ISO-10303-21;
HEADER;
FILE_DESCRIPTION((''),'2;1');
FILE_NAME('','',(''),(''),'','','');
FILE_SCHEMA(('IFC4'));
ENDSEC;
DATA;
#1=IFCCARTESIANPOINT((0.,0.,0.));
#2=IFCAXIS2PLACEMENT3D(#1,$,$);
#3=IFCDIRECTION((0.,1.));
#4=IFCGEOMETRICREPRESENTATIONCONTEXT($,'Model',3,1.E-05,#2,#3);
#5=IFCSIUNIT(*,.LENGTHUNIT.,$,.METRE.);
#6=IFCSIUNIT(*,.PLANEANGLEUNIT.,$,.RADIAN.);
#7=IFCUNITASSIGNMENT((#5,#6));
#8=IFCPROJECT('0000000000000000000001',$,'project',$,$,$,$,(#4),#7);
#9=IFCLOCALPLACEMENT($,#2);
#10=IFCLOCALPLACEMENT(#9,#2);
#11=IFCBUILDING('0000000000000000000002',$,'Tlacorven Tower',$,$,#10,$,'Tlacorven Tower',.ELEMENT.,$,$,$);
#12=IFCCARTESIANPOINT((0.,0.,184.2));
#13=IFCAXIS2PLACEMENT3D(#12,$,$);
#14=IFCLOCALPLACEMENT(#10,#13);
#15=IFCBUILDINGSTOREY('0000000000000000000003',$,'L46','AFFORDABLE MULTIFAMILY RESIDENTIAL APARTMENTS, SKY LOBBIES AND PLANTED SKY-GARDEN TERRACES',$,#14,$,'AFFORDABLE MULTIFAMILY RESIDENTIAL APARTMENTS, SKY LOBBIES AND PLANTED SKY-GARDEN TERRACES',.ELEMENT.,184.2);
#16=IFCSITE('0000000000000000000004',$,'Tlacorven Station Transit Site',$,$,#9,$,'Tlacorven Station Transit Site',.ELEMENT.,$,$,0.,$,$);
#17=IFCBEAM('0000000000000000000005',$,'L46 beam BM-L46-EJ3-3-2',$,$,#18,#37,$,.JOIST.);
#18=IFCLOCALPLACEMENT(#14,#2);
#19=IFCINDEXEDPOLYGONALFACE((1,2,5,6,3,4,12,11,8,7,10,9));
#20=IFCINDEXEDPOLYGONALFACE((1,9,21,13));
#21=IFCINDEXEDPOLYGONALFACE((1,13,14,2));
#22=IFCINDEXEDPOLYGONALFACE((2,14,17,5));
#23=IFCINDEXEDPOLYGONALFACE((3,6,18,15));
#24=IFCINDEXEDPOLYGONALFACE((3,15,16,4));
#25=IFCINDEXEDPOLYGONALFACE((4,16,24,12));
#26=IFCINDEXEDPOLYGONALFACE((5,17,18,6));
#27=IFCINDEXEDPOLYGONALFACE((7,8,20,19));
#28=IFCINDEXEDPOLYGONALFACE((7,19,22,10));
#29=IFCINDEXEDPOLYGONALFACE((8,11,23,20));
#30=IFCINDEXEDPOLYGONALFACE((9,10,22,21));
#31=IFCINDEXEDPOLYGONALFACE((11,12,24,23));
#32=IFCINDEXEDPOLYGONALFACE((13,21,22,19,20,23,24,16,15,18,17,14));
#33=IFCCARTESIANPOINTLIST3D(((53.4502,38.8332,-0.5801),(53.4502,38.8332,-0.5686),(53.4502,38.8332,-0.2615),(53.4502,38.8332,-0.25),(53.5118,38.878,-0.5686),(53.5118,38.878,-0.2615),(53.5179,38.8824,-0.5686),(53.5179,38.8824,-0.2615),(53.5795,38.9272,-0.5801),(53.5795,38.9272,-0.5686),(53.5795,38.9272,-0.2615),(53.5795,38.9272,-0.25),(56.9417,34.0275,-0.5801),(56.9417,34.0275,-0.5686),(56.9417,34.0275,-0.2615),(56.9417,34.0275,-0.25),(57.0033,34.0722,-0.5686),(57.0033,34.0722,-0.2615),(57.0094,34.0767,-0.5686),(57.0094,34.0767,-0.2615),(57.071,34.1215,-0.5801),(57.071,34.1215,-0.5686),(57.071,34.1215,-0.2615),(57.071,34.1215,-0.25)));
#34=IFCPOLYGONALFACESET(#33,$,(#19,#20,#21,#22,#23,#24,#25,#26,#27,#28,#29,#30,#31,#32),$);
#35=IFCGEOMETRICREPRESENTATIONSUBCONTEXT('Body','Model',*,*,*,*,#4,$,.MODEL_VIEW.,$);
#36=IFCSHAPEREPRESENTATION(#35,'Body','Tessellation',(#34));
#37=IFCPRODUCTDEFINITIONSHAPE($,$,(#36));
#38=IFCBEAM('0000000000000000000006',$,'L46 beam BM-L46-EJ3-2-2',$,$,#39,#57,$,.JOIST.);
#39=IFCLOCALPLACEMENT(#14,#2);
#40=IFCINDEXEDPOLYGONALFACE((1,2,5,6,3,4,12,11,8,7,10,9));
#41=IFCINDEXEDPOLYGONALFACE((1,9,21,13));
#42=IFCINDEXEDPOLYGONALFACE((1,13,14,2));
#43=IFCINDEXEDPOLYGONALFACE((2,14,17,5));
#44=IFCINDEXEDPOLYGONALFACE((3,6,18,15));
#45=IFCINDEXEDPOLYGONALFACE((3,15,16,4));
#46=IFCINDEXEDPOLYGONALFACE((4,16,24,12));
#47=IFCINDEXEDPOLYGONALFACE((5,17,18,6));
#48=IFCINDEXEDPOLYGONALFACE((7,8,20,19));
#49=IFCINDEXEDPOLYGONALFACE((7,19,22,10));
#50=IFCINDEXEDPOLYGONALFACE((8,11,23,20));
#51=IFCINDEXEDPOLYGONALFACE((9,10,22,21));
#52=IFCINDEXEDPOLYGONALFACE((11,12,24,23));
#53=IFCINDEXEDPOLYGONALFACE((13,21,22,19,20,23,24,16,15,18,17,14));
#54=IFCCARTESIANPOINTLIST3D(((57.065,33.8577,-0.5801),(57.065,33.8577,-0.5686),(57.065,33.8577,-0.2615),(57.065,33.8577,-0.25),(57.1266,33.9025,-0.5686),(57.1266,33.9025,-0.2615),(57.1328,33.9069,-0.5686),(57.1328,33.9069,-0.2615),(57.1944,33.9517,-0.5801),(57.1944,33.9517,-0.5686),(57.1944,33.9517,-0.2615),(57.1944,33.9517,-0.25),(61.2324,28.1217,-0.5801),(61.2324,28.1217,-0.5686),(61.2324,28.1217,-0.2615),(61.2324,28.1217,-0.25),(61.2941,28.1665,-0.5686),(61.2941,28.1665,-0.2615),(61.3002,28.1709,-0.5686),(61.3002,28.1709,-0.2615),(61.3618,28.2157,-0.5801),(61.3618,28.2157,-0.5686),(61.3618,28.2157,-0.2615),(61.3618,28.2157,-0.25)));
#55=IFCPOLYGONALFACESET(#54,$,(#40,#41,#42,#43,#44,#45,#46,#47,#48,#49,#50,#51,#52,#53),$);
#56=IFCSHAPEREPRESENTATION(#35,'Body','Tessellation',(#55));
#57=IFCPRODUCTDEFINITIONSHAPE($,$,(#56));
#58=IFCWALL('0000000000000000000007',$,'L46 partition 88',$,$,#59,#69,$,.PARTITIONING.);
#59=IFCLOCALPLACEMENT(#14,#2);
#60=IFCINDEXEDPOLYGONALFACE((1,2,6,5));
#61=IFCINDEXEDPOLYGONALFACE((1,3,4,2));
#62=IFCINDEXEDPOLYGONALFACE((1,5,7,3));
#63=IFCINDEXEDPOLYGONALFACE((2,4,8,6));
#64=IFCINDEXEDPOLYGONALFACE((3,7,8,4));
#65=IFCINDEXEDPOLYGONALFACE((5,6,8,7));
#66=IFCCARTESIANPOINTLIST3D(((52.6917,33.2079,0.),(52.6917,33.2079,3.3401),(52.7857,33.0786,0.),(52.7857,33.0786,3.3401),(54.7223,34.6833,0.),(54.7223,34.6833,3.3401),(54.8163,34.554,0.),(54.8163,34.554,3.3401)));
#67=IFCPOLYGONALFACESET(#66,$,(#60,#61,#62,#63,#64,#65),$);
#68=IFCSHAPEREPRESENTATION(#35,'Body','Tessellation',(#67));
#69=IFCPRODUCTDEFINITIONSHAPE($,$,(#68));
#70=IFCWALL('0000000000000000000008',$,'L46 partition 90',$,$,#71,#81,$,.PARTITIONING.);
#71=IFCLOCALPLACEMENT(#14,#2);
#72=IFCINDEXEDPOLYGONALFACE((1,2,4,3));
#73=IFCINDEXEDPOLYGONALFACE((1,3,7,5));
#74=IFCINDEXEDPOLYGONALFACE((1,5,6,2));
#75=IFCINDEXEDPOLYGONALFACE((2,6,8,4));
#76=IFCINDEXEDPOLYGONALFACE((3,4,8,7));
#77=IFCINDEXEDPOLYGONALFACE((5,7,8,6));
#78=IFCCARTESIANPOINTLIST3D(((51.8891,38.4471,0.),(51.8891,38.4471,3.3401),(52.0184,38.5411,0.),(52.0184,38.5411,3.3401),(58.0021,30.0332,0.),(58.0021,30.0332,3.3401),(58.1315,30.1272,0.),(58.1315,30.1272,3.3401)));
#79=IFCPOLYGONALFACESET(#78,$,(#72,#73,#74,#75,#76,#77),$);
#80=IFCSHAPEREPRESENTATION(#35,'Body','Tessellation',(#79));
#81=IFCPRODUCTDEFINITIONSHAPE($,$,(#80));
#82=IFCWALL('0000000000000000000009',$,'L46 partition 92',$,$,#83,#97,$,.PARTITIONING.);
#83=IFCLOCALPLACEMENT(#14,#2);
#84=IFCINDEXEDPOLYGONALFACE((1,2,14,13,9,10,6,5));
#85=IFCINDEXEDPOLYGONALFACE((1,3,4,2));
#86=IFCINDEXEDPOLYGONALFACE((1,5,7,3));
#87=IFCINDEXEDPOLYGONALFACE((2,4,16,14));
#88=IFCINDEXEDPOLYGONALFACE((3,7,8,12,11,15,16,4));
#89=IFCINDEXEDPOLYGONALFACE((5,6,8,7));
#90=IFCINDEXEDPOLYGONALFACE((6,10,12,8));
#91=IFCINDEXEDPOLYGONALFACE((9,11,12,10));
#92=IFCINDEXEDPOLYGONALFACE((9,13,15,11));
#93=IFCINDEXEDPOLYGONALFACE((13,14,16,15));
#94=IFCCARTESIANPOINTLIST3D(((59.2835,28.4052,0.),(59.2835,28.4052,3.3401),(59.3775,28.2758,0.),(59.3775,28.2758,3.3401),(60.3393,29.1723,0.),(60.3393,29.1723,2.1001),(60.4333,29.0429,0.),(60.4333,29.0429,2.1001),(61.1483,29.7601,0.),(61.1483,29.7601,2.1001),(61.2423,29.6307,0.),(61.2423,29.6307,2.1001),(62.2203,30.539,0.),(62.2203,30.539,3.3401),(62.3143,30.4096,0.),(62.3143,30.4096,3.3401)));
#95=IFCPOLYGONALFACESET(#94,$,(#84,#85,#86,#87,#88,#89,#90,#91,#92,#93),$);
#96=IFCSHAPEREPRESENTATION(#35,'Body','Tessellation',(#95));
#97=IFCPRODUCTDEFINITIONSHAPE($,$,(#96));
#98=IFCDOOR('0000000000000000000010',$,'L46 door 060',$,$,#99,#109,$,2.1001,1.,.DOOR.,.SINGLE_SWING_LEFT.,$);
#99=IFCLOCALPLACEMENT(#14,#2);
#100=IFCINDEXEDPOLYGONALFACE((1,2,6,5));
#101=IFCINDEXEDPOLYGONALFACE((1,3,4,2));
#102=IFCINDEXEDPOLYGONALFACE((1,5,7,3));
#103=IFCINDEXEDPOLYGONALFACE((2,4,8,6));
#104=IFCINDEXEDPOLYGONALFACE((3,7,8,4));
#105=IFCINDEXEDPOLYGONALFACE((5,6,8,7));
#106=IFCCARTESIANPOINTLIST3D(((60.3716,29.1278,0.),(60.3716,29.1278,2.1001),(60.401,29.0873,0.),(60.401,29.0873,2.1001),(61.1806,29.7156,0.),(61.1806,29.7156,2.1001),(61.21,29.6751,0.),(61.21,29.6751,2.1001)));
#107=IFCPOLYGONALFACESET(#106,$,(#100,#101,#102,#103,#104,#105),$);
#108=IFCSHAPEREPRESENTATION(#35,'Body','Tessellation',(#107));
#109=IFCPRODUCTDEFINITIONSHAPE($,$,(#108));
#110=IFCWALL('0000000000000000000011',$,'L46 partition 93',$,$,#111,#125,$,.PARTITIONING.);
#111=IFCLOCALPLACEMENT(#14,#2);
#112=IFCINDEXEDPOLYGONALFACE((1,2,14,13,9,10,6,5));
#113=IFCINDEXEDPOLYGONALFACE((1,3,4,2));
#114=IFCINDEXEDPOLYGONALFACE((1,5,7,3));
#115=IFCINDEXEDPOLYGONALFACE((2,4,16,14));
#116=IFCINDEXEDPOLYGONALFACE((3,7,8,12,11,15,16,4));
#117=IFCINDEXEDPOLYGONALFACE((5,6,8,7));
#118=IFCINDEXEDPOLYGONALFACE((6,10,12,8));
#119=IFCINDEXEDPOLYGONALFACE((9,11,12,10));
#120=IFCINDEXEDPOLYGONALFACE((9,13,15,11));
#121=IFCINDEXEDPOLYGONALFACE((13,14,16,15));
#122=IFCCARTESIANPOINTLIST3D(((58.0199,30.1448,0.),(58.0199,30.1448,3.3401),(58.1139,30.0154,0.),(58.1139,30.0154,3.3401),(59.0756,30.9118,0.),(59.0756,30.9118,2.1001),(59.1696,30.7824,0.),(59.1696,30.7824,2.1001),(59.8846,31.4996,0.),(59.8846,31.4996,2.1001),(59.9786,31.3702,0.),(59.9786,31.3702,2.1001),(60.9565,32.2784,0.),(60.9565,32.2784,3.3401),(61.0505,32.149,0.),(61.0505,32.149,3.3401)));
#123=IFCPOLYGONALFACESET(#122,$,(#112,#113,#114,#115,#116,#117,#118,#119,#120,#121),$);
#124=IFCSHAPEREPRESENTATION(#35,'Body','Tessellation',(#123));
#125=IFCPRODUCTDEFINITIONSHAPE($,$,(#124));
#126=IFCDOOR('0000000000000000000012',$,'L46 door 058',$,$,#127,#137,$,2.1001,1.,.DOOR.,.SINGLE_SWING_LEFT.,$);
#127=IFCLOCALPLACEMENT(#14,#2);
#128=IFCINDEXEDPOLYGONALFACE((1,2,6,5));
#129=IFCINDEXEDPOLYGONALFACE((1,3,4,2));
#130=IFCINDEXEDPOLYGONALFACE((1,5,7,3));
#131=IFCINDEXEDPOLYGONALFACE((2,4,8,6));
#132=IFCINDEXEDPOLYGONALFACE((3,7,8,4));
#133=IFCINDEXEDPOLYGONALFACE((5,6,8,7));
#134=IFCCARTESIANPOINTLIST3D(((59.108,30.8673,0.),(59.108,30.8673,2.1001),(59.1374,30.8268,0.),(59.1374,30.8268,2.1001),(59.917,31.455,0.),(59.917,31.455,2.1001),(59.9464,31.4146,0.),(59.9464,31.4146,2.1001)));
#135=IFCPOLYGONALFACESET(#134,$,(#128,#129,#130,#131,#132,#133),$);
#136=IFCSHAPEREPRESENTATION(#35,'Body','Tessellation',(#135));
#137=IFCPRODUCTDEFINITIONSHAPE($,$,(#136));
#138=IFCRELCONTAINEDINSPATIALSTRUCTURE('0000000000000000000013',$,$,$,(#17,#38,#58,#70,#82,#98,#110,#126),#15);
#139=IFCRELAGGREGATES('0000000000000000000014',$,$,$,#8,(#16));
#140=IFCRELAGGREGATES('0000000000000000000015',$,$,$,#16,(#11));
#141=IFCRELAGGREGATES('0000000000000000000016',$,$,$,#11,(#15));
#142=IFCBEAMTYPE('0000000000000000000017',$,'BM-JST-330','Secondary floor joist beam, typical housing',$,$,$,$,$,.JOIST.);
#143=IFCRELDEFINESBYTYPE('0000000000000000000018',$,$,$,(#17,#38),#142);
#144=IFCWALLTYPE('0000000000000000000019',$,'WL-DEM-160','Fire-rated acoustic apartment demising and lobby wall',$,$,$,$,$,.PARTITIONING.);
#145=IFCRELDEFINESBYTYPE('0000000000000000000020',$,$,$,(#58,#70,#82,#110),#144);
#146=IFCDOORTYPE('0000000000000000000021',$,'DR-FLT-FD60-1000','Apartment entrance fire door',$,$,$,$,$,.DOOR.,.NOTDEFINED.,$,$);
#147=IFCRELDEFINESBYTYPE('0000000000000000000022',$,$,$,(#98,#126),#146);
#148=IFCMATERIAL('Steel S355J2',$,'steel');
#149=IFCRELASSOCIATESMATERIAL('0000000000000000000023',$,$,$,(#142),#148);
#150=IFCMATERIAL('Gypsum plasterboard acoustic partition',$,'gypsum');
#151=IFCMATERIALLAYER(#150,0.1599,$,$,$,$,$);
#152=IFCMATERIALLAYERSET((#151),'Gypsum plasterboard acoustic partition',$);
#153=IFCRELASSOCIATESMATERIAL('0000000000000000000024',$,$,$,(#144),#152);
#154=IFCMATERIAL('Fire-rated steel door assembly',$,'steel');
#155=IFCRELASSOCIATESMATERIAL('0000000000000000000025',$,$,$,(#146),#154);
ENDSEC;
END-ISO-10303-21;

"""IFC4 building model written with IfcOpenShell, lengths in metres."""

from ifc_helpers import new_model, si_unit, direction, frame, frame_2d, origin, origin_2d, place, context, subcontext, project, spatial, rectangle, i_section, extrude, source, transform, mapped, material, layer, layer_set, material_profile, profile_set, type_object, element, fill, save


model = new_model("IFC4")

# Units and contexts
model_context = context("Model", 3, precision=1e-05, world=origin(), true_north=direction((0.0, 1.0)))
body_context = subcontext(model_context, "Body", "Model", "MODEL_VIEW")
ifc_project = project(units=[si_unit("LENGTHUNIT", "METRE"), si_unit("PLANEANGLEUNIT", "RADIAN")], contexts=[model_context])

# Site, building, storey
site_placement = place(None, origin())
site = spatial("IfcSite", under=ifc_project, at=site_placement, Name="Tlacorven Station Transit Site", LongName="Tlacorven Station Transit Site", CompositionType="ELEMENT", RefElevation=0.0)
building_placement = place(site_placement, origin())
building = spatial("IfcBuilding", under=site, at=building_placement, Name="Tlacorven Tower", LongName="Tlacorven Tower", CompositionType="ELEMENT")
storey_placement = place(building_placement, frame((0.0, 0.0, 184.2)))
storey = spatial("IfcBuildingStorey", under=building, at=storey_placement, Name="L46", Description="AFFORDABLE MULTIFAMILY RESIDENTIAL APARTMENTS, SKY LOBBIES AND PLANTED SKY-GARDEN TERRACES", LongName="AFFORDABLE MULTIFAMILY RESIDENTIAL APARTMENTS, SKY LOBBIES AND PLANTED SKY-GARDEN TERRACES", CompositionType="ELEMENT", Elevation=184.2)

# Beams
ifc_material_1 = material(Name="Steel S355J2", Category="steel")
ifc_material_profile_1 = material_profile(ifc_material_1, i_section(OverallWidth=0.1599, OverallDepth=0.3301, WebThickness=0.0076, FlangeThickness=0.0115, at=origin_2d()), Name="IPE 330")
ifc_profile_set_1 = profile_set([ifc_material_profile_1], Name="Steel S355J2")
beam_type_1 = type_object("IfcBeamType", Name="BM-JST-330", Description="Secondary floor joist beam, typical housing", PredefinedType="JOIST", material=ifc_profile_set_1)
shared_shape_1 = source(origin(), body_context, "Body", "SweptSolid", [
    extrude(i_section(OverallWidth=0.1599, OverallDepth=0.3301, WebThickness=0.0076, FlangeThickness=0.0115, at=origin_2d()), origin(), (0.0, 0.0, 1.0), 5.9402),
])
for number, where, z_axis, x_axis, name in (
    (1, (57.0063, 34.0745, -0.415), (-0.587778, 0.809022, 0.0), (-0.809022, -0.587778, 0.0), "L46 beam BM-L46-EJ3-3-2"),
):
    element("IfcBeam", number, at=place(storey_placement, frame(where, z_axis=z_axis, x_axis=x_axis)), inside=storey, type_object=beam_type_1, Name=name, PredefinedType="JOIST", context=body_context, shape_type="MappedRepresentation", body=[
        mapped(shared_shape_1, transform((0.0, 0.0, 0.0), scale=1.0)),
    ])
shared_shape_2 = source(origin(), body_context, "Body", "SweptSolid", [
    extrude(i_section(OverallWidth=0.1599, OverallDepth=0.3301, WebThickness=0.0076, FlangeThickness=0.0115, at=origin_2d()), origin(), (0.0, 0.0, 1.0), 7.0901),
])
beam_1_placement = place(storey_placement, frame((61.2971, 28.1687, -0.415), z_axis=(-0.587783, 0.809019, 0.0), x_axis=(-0.809019, -0.587783, 0.0)))
element("IfcBeam", 2, at=beam_1_placement, inside=storey, type_object=beam_type_1, Name="L46 beam BM-L46-EJ3-2-2", PredefinedType="JOIST", context=body_context, shape_type="MappedRepresentation", body=[
    mapped(shared_shape_2, transform((0.0, 0.0, 0.0), scale=1.0)),
])

# Walls
ifc_material_2 = material(Name="Gypsum plasterboard acoustic partition", Category="gypsum")
ifc_layer_1 = layer(ifc_material_2, 0.1599)
ifc_layer_set_1 = layer_set([ifc_layer_1], Name="Gypsum plasterboard acoustic partition")
wall_type_1 = type_object("IfcWallType", Name="WL-DEM-160", Description="Fire-rated acoustic apartment demising and lobby wall", PredefinedType="PARTITIONING", material=ifc_layer_set_1)
wall_1_placement = place(storey_placement, frame((52.7388, 33.1433, 0.0), z_axis=(0.0, 0.0, 1.0), x_axis=(0.809001, 0.587807, 0.0)))
element("IfcWall", 3, at=wall_1_placement, inside=storey, type_object=wall_type_1, Name="L46 partition 88", PredefinedType="PARTITIONING", context=body_context, shape_type="SweptSolid", body=[
    extrude(rectangle(XDim=2.51, YDim=0.1599, at=frame_2d((1.2549, 0.0))), origin(), (0.0, 0.0, 1.0), 3.3401),
])
wall_2_placement = place(storey_placement, frame((58.0669, 30.0801, 0.0), z_axis=(0.0, 0.0, 1.0), x_axis=(-0.587788, 0.809015, 0.0)))
element("IfcWall", 4, at=wall_2_placement, inside=storey, type_object=wall_type_1, Name="L46 partition 90", PredefinedType="PARTITIONING", context=body_context, shape_type="SweptSolid", body=[
    extrude(rectangle(XDim=10.4001, YDim=0.1599, at=frame_2d((5.2002, 0.0))), origin(), (0.0, 0.0, 1.0), 3.3401),
])

# Walls, openings, doors
wall_3_placement = place(storey_placement, frame((59.3306, 28.3406, 0.0), z_axis=(0.0, 0.0, 1.0), x_axis=(0.809004, 0.587804, 0.0)))
wall_3 = element("IfcWall", 5, at=wall_3_placement, inside=storey, type_object=wall_type_1, Name="L46 partition 92", PredefinedType="PARTITIONING", context=body_context, shape_type="SweptSolid", body=[
    extrude(rectangle(XDim=3.6301, YDim=0.1599, at=frame_2d((1.8149, 0.0))), origin(), (0.0, 0.0, 1.0), 3.3401),
])
opening_1_placement = place(wall_3_placement, frame((1.3049, 0.0, 0.0)))
opening_1 = element("IfcOpeningElement", 6, at=opening_1_placement, cuts=wall_3, PredefinedType="OPENING", context=body_context, shape_type="SweptSolid", body=[
    extrude(rectangle(XDim=1.0, YDim=2.1001, at=frame_2d((0.5, 1.05))), frame((0.0, 0.0898, 0.0), z_axis=(0.0, -1.0, 0.0), x_axis=(1.0, 0.0, 0.0)), (0.0, 0.0, 1.0), 0.1799),
])
ifc_material_3 = material(Name="Fire-rated steel door assembly", Category="steel")
door_type_1 = type_object("IfcDoorType", Name="DR-FLT-FD60-1000", Description="Apartment entrance fire door", OperationType="NOTDEFINED", PredefinedType="DOOR", material=ifc_material_3)
shared_shape_3 = source(origin(), body_context, "Body", "SweptSolid", [
    extrude(rectangle(XDim=1.0, YDim=2.1001, at=frame_2d((0.5, 1.05))), frame((0.0, 0.0249, 0.0), z_axis=(0.0, -1.0, 0.0), x_axis=(1.0, 0.0, 0.0)), (0.0, 0.0, 1.0), 0.05),
])
door_1_placement = place(opening_1_placement, origin())
door_1 = element("IfcDoor", 7, at=door_1_placement, inside=storey, type_object=door_type_1, Name="L46 door 060", OperationType="SINGLE_SWING_LEFT", OverallHeight=2.1001, OverallWidth=1.0, PredefinedType="DOOR", context=body_context, shape_type="MappedRepresentation", body=[
    mapped(shared_shape_3, transform((0.0, 0.0, 0.0), scale=1.0)),
])
fill(opening_1, door_1)
wall_4_placement = place(storey_placement, frame((58.0669, 30.0801, 0.0), z_axis=(0.0, 0.0, 1.0), x_axis=(0.809012, 0.587792, 0.0)))
wall_4 = element("IfcWall", 8, at=wall_4_placement, inside=storey, type_object=wall_type_1, Name="L46 partition 93", PredefinedType="PARTITIONING", context=body_context, shape_type="SweptSolid", body=[
    extrude(rectangle(XDim=3.6299, YDim=0.1599, at=frame_2d((1.8149, 0.0))), origin(), (0.0, 0.0, 1.0), 3.3401),
])
opening_2_placement = place(wall_4_placement, frame((1.3049, 0.0, 0.0)))
opening_2 = element("IfcOpeningElement", 9, at=opening_2_placement, cuts=wall_4, PredefinedType="OPENING", context=body_context, shape_type="SweptSolid", body=[
    extrude(rectangle(XDim=1.0, YDim=2.1001, at=frame_2d((0.5, 1.05))), frame((0.0, 0.0898, 0.0), z_axis=(0.0, -1.0, 0.0), x_axis=(1.0, 0.0, 0.0)), (0.0, 0.0, 1.0), 0.1799),
])
door_2_placement = place(opening_2_placement, origin())
door_2 = element("IfcDoor", 10, at=door_2_placement, inside=storey, type_object=door_type_1, Name="L46 door 058", OperationType="SINGLE_SWING_LEFT", OverallHeight=2.1001, OverallWidth=1.0, PredefinedType="DOOR", context=body_context, shape_type="MappedRepresentation", body=[
    mapped(shared_shape_3, transform((0.0, 0.0, 0.0), scale=1.0)),
])
fill(opening_2, door_2)

save(model, "model.ifc")
